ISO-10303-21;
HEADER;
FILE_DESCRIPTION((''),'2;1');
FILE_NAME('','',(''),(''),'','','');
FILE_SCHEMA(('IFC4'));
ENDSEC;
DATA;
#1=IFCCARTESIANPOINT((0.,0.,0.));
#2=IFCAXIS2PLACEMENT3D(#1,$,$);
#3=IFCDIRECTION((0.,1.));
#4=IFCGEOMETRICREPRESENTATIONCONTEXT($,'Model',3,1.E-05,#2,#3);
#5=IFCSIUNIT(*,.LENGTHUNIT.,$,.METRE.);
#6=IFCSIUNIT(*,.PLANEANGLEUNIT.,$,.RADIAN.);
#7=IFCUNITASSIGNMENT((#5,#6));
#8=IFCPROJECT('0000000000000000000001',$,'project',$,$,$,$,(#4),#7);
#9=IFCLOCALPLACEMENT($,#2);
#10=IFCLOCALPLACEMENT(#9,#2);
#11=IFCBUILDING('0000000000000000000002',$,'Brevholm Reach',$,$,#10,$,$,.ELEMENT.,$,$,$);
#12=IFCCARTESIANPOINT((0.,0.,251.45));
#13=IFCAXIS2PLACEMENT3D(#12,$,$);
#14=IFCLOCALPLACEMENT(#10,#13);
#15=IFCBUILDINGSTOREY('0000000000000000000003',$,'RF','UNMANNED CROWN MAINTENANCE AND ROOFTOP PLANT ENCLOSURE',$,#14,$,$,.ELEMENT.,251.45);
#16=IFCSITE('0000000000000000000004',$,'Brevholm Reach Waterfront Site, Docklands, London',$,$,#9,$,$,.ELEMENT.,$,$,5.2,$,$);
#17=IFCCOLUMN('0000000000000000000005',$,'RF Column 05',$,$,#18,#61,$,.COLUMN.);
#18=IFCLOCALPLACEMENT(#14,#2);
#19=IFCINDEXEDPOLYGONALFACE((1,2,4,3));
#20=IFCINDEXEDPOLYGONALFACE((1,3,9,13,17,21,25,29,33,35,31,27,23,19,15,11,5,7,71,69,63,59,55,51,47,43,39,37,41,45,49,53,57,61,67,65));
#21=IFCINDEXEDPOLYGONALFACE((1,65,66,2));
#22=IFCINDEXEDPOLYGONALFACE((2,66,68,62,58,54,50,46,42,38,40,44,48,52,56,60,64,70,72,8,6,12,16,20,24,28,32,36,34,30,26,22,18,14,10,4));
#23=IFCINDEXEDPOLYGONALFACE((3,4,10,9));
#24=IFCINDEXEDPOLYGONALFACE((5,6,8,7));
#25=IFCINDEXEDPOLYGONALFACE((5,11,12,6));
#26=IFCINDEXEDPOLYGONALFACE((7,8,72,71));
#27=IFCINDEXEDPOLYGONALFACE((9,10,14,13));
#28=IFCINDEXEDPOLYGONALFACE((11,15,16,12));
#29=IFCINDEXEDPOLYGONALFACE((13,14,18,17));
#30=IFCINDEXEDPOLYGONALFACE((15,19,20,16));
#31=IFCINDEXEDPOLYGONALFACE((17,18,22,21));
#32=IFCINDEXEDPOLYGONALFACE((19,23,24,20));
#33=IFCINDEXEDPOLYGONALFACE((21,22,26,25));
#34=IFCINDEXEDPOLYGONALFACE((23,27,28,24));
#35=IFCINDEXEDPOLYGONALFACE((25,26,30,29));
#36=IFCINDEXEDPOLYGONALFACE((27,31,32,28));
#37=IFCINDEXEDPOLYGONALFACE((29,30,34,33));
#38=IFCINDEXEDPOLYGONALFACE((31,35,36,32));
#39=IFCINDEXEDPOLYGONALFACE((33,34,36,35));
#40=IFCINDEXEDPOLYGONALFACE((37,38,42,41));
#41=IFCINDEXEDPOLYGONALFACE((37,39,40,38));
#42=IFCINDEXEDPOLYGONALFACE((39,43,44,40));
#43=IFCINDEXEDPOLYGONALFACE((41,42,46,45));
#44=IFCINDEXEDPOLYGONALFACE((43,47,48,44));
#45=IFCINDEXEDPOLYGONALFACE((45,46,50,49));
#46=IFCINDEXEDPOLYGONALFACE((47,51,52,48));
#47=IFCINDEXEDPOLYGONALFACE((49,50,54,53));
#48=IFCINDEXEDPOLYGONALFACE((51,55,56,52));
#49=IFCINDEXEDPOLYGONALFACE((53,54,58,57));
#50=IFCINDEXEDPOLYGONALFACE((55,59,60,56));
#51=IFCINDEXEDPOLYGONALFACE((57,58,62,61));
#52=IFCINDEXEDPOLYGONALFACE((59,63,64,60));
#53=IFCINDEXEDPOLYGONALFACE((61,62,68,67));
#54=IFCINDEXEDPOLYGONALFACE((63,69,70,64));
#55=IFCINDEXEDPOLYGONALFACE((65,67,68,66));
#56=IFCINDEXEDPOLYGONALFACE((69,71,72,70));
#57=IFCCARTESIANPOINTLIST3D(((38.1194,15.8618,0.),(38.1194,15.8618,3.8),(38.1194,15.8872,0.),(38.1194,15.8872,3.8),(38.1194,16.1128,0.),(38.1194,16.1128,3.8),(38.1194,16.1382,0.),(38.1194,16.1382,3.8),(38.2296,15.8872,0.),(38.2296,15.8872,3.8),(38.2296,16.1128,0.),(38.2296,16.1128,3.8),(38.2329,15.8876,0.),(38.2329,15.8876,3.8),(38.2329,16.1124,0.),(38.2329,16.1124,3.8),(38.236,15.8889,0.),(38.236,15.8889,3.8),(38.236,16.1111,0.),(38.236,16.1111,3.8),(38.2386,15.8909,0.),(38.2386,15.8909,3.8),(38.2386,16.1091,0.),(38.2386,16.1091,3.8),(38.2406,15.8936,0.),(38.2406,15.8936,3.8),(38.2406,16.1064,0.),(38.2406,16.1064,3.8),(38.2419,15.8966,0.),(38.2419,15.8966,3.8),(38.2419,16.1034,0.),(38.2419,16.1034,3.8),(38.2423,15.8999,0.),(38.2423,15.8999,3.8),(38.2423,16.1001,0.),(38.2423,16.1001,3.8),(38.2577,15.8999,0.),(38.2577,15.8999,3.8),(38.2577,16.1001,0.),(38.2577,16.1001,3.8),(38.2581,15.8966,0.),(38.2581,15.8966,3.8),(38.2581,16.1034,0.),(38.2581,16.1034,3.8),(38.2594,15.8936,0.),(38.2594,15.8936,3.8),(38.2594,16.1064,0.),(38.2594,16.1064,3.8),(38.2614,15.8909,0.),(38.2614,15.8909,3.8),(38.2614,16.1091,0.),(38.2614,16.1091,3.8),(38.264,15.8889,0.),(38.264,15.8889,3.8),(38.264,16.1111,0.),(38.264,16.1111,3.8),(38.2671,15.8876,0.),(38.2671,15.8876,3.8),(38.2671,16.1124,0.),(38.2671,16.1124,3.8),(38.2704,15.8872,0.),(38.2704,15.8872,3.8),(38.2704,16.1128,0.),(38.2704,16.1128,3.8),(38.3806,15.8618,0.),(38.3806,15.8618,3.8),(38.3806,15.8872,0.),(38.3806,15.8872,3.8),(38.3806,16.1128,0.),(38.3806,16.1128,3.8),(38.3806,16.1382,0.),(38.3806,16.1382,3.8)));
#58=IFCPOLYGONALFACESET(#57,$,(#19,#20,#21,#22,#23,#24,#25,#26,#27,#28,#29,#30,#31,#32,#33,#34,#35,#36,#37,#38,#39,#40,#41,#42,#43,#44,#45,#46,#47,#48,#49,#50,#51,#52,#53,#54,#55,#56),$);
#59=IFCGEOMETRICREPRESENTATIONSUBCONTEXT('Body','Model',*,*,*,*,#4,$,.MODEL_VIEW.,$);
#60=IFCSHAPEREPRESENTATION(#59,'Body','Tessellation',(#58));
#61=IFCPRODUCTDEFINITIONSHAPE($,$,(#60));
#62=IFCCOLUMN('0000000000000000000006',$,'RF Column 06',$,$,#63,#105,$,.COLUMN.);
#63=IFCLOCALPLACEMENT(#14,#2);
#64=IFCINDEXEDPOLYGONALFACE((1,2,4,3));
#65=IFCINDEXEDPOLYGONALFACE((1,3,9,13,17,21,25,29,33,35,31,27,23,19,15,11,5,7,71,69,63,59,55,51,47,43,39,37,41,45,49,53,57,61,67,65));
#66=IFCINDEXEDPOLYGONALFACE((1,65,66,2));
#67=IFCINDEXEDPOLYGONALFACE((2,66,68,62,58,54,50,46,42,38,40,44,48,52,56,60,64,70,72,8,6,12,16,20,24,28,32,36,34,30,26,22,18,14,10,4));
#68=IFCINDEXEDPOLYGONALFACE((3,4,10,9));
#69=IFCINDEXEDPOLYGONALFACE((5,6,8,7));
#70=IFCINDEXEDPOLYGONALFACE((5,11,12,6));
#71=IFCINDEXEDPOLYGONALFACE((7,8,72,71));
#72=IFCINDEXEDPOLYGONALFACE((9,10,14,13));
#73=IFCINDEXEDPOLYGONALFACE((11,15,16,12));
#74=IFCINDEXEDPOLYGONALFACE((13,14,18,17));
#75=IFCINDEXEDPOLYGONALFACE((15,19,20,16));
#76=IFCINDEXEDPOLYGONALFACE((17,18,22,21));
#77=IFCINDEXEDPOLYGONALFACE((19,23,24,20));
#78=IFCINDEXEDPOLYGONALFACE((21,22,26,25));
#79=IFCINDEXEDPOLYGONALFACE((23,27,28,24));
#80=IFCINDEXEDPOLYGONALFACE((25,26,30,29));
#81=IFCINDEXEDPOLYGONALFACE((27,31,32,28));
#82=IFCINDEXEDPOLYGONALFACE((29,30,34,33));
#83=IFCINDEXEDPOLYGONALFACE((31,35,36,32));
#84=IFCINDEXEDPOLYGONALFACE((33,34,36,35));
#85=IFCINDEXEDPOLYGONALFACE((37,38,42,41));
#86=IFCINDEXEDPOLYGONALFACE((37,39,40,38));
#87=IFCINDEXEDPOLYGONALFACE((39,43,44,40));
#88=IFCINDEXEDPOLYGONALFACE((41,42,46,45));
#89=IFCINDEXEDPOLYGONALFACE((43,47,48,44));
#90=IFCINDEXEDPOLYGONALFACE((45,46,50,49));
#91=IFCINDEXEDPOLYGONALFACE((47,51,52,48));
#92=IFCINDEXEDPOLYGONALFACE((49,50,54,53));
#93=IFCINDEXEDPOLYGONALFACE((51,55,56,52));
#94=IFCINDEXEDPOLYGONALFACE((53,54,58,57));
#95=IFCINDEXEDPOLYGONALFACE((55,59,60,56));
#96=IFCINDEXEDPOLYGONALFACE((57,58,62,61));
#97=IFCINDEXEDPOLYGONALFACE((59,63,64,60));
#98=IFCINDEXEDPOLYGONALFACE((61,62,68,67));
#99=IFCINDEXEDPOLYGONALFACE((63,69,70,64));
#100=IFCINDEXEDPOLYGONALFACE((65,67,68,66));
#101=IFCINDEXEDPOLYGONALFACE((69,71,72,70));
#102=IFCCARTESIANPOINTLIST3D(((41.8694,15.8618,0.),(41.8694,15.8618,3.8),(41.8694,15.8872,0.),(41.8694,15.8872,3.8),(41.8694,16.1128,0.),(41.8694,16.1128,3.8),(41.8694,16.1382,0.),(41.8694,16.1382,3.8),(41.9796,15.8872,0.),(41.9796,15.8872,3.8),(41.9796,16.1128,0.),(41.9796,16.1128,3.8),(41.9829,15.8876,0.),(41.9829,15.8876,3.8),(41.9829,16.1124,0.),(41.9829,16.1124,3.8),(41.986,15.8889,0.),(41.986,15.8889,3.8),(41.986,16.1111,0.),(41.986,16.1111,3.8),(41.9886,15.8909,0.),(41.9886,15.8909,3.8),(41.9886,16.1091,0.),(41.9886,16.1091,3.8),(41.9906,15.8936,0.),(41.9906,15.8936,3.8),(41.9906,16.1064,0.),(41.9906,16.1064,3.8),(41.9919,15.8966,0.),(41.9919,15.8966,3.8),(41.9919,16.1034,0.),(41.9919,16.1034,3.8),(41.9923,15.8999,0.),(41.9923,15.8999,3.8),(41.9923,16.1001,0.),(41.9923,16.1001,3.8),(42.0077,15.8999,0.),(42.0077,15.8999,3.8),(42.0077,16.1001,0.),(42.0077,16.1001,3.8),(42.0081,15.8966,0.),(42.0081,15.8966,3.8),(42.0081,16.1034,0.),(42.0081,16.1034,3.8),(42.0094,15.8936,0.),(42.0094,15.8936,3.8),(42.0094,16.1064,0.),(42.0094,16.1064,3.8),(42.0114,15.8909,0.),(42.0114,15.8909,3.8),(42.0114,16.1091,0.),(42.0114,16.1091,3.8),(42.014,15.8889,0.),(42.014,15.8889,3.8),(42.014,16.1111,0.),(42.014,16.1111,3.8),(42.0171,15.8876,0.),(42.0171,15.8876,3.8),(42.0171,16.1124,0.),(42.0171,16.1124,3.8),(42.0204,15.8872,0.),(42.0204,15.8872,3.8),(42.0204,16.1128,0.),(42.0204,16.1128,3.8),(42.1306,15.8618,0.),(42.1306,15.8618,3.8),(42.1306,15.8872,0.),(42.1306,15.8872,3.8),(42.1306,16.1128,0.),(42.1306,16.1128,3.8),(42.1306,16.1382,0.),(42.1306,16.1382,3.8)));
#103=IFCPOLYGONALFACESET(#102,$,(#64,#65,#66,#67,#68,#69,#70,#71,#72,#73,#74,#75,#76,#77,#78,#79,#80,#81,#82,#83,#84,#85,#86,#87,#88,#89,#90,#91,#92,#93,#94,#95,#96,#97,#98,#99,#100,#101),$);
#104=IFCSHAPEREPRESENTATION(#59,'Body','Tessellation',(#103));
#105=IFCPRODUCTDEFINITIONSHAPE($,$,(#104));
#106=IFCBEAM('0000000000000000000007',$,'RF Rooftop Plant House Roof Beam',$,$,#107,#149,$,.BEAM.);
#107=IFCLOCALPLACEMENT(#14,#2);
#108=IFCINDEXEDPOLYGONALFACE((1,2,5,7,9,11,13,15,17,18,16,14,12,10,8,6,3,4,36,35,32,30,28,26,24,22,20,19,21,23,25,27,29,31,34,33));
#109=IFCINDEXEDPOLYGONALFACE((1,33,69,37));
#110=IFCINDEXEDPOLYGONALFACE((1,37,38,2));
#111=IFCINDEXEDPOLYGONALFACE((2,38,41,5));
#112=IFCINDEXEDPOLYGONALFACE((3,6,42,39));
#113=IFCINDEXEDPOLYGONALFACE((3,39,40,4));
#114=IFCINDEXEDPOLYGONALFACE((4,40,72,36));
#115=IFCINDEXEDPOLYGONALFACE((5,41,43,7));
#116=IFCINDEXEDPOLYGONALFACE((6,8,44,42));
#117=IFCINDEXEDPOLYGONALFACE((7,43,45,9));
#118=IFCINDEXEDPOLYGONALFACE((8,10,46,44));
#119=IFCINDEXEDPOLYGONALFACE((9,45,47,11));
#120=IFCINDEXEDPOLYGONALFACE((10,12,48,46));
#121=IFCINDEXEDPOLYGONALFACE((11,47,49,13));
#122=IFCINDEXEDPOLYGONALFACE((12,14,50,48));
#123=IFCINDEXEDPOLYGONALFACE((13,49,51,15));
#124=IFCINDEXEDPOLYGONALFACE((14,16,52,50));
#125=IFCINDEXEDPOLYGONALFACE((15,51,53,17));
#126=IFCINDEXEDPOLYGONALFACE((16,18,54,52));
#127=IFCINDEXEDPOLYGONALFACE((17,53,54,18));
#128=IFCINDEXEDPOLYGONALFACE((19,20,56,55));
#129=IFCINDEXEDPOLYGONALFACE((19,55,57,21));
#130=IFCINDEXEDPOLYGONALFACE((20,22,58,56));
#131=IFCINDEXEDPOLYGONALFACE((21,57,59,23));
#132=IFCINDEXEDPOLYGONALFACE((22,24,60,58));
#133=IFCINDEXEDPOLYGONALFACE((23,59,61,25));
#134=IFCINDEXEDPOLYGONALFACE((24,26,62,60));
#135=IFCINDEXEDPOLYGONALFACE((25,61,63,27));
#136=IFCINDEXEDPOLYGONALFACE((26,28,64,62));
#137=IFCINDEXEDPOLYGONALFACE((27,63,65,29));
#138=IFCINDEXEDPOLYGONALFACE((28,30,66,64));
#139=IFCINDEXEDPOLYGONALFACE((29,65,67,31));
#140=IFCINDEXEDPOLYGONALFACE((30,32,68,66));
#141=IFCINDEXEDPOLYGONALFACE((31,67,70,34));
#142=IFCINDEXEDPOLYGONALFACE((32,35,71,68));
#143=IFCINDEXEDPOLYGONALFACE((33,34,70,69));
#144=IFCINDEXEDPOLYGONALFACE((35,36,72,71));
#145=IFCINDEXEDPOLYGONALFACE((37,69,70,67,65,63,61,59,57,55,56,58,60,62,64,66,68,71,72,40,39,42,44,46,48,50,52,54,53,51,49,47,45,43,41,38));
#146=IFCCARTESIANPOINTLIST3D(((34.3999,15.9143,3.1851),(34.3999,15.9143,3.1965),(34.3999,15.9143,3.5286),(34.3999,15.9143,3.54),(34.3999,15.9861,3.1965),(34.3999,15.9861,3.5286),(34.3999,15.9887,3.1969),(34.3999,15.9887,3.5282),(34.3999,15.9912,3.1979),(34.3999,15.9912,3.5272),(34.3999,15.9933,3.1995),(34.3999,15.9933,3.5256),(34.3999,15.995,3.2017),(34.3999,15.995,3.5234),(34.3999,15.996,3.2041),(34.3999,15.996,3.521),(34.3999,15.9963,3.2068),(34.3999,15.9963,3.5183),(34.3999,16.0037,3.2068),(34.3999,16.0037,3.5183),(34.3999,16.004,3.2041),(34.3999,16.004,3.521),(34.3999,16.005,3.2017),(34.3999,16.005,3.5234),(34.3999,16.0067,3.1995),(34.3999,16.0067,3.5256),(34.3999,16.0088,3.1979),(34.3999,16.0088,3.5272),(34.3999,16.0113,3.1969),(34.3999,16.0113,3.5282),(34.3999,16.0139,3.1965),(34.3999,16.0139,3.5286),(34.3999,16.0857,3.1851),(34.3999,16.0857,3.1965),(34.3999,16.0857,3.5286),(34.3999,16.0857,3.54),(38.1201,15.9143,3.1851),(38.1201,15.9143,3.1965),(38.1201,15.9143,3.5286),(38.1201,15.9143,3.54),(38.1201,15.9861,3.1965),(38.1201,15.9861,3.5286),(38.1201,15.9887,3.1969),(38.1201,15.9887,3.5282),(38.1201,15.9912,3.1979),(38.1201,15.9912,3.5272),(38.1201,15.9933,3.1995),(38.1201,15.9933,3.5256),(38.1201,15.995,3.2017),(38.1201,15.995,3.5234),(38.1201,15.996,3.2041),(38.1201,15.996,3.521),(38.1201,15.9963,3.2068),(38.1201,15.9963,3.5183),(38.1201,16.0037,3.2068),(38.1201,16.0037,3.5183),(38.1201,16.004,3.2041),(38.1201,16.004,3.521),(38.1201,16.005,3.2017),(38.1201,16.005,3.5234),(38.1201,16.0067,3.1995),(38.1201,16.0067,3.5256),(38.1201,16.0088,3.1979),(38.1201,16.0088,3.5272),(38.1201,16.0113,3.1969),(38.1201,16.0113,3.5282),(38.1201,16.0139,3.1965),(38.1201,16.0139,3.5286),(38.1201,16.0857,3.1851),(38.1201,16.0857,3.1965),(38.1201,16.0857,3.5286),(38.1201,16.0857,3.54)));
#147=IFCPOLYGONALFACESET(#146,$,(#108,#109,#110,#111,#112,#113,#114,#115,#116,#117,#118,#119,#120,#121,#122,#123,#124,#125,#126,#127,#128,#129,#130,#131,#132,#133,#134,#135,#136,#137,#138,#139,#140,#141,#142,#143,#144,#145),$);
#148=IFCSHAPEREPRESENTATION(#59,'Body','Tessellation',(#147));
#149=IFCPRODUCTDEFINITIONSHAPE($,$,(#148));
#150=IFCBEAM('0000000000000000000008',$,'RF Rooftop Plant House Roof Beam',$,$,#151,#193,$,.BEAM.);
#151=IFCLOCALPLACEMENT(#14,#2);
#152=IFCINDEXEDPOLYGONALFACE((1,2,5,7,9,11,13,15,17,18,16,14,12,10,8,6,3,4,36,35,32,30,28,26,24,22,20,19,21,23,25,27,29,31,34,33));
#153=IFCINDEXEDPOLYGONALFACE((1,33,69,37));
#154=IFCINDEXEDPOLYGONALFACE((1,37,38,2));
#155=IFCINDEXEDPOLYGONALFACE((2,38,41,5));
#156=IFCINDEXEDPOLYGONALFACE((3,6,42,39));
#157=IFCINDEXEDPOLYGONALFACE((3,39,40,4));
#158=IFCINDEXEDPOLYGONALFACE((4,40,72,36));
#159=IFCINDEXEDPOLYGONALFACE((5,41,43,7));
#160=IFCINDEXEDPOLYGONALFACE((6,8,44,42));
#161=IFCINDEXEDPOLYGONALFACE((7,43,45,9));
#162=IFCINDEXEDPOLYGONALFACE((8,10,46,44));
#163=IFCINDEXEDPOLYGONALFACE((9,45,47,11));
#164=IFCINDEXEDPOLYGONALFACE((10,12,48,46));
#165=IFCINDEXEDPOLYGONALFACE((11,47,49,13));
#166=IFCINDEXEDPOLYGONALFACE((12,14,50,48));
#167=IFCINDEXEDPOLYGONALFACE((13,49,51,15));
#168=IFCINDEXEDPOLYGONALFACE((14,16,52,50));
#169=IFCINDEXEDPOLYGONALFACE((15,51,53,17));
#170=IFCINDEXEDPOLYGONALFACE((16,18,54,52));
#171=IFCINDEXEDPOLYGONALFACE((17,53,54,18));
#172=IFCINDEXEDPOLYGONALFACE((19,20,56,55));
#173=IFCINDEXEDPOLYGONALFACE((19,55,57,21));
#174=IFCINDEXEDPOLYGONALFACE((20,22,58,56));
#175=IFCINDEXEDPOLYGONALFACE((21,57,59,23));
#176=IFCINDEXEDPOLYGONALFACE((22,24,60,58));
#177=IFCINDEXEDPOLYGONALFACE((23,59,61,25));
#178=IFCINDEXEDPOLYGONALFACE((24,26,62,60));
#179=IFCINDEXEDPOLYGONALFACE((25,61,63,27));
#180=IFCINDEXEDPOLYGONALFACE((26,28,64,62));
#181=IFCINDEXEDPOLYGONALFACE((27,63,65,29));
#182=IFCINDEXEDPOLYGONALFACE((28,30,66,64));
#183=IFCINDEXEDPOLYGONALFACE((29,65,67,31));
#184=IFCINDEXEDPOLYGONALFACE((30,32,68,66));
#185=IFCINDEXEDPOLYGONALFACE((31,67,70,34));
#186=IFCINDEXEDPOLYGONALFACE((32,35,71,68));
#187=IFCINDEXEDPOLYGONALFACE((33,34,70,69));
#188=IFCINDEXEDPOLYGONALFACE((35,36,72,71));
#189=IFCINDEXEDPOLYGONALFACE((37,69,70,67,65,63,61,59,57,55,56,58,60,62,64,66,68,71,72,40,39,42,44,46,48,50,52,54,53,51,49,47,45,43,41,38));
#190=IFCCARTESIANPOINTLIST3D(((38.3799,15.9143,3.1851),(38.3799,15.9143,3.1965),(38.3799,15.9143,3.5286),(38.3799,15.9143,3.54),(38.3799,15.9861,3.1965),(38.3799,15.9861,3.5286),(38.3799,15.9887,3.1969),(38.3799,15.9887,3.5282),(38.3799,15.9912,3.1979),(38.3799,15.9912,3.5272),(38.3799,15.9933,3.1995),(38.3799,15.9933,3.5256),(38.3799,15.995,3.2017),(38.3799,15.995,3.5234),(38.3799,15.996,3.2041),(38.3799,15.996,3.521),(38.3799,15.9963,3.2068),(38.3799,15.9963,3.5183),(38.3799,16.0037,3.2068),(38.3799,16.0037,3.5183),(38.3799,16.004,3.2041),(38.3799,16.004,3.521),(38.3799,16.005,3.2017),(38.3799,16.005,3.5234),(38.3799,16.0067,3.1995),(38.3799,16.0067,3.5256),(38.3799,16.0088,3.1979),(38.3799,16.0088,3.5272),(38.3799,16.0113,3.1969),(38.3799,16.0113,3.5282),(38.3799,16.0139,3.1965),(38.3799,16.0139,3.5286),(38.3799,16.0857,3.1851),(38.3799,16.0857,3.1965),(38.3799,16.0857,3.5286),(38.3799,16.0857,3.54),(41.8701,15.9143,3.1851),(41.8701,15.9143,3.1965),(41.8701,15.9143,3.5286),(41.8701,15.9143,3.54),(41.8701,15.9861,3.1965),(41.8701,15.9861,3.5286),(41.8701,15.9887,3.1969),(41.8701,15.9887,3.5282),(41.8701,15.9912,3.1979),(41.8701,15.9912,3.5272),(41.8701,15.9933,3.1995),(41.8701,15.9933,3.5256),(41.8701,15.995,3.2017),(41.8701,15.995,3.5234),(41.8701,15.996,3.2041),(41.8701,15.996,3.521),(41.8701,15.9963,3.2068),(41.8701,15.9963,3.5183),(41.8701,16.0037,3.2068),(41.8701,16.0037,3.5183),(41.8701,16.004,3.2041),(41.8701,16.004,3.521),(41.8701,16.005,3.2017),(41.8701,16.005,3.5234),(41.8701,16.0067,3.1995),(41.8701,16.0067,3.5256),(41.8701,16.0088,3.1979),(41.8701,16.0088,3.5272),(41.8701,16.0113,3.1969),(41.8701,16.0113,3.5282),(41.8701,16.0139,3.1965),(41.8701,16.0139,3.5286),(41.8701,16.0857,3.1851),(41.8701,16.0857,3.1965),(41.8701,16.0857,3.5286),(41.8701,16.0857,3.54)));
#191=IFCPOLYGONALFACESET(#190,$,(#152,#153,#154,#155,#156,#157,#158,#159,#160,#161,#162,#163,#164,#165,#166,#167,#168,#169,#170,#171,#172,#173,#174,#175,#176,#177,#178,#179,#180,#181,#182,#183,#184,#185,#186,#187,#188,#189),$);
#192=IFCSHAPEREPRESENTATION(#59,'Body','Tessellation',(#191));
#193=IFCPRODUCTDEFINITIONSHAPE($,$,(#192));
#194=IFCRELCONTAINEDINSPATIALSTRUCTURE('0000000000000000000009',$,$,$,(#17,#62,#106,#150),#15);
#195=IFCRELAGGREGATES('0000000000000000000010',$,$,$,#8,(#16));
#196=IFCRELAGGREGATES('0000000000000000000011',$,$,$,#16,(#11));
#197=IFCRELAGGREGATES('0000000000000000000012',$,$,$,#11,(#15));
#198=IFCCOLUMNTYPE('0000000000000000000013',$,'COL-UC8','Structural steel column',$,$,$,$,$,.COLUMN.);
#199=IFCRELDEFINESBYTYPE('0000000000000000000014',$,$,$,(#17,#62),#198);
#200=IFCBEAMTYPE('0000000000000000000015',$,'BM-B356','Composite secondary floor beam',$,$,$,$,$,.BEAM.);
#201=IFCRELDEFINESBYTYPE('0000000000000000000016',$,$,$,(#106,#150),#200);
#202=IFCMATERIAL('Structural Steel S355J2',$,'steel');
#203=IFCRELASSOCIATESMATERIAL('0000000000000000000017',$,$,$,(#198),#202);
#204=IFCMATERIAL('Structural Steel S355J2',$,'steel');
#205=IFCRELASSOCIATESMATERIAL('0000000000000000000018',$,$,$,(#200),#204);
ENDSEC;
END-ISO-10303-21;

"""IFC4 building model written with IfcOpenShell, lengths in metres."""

from ifc_helpers import new_model, si_unit, direction, frame, origin, origin_2d, place, context, subcontext, project, spatial, i_section, extrude, material, material_profile, profile_set, type_object, element, save


model = new_model("IFC4")

# Units and contexts
model_context = context("Model", 3, precision=1e-05, world=origin(), true_north=direction((0.0, 1.0)))
body_context = subcontext(model_context, "Body", "Model", "MODEL_VIEW")
ifc_project = project(units=[si_unit("LENGTHUNIT", "METRE"), si_unit("PLANEANGLEUNIT", "RADIAN")], contexts=[model_context])

# Site, building, storey
site_placement = place(None, origin())
site = spatial("IfcSite", under=ifc_project, at=site_placement, Name="Brevholm Reach Waterfront Site, Docklands, London", CompositionType="ELEMENT", RefElevation=5.2)
building_placement = place(site_placement, origin())
building = spatial("IfcBuilding", under=site, at=building_placement, Name="Brevholm Reach", CompositionType="ELEMENT")
storey_placement = place(building_placement, frame((0.0, 0.0, 251.45)))
storey = spatial("IfcBuildingStorey", under=building, at=storey_placement, Name="RF", Description="UNMANNED CROWN MAINTENANCE AND ROOFTOP PLANT ENCLOSURE", CompositionType="ELEMENT", Elevation=251.45)

# Columns
ifc_material_1 = material(Name="Structural Steel S355J2", Category="steel")
ifc_material_profile_1 = material_profile(ifc_material_1, i_section(OverallWidth=0.2612, OverallDepth=0.2764, WebThickness=0.0154, FlangeThickness=0.0254, FilletRadius=0.0127, at=origin_2d()), Name="UKC 254x254x132")
ifc_profile_set_1 = profile_set([ifc_material_profile_1], Name="Structural Steel S355J2")
column_type = type_object("IfcColumnType", Name="COL-UC8", Description="Structural steel column", PredefinedType="COLUMN", material=ifc_profile_set_1)
for number, where, z_axis, x_axis, name in (
    (1, (38.25, 16.0, 0.0), (0.0, 0.0, 1.0), (1.0, 0.0, 0.0), "RF Column 05"),
    (2, (42.0, 16.0, 0.0), (0.0, 0.0, 1.0), (1.0, 0.0, 0.0), "RF Column 06"),
):
    element("IfcColumn", number, at=place(storey_placement, frame(where, z_axis=z_axis, x_axis=x_axis)), inside=storey, type_object=column_type, Name=name, PredefinedType="COLUMN", context=body_context, shape_type="SweptSolid", body=[
        extrude(i_section(OverallWidth=0.2612, OverallDepth=0.2764, WebThickness=0.0154, FlangeThickness=0.0254, FilletRadius=0.0127, at=origin_2d()), origin(), (0.0, 0.0, 1.0), 3.8),
    ])

# Beams
ifc_material_2 = material(Name="Structural Steel S355J2", Category="steel")
ifc_material_profile_2 = material_profile(ifc_material_2, i_section(OverallWidth=0.1714, OverallDepth=0.355, WebThickness=0.0073, FlangeThickness=0.0115, FilletRadius=0.0103, at=origin_2d()), Name="UKB 356x171x51")
ifc_profile_set_2 = profile_set([ifc_material_profile_2], Name="Structural Steel S355J2")
beam_type_1 = type_object("IfcBeamType", Name="BM-B356", Description="Composite secondary floor beam", PredefinedType="BEAM", material=ifc_profile_set_2)
beam_1_placement = place(storey_placement, frame((34.3999, 16.0, 3.3625), z_axis=(1.0, 0.0, 0.0), x_axis=(0.0, 1.0, 0.0)))
element("IfcBeam", 3, at=beam_1_placement, inside=storey, type_object=beam_type_1, Name="RF Rooftop Plant House Roof Beam", PredefinedType="BEAM", context=body_context, shape_type="SweptSolid", body=[
    extrude(i_section(OverallWidth=0.1714, OverallDepth=0.355, WebThickness=0.0073, FlangeThickness=0.0115, FilletRadius=0.0103, at=origin_2d()), origin(), (0.0, 0.0, 1.0), 3.7202),
])
beam_2_placement = place(storey_placement, frame((38.3799, 16.0, 3.3625), z_axis=(1.0, 0.0, 0.0), x_axis=(0.0, 1.0, 0.0)))
element("IfcBeam", 4, at=beam_2_placement, inside=storey, type_object=beam_type_1, Name="RF Rooftop Plant House Roof Beam", PredefinedType="BEAM", context=body_context, shape_type="SweptSolid", body=[
    extrude(i_section(OverallWidth=0.1714, OverallDepth=0.355, WebThickness=0.0073, FlangeThickness=0.0115, FilletRadius=0.0103, at=origin_2d()), origin(), (0.0, 0.0, 1.0), 3.4902),
])

save(model, "model.ifc")
